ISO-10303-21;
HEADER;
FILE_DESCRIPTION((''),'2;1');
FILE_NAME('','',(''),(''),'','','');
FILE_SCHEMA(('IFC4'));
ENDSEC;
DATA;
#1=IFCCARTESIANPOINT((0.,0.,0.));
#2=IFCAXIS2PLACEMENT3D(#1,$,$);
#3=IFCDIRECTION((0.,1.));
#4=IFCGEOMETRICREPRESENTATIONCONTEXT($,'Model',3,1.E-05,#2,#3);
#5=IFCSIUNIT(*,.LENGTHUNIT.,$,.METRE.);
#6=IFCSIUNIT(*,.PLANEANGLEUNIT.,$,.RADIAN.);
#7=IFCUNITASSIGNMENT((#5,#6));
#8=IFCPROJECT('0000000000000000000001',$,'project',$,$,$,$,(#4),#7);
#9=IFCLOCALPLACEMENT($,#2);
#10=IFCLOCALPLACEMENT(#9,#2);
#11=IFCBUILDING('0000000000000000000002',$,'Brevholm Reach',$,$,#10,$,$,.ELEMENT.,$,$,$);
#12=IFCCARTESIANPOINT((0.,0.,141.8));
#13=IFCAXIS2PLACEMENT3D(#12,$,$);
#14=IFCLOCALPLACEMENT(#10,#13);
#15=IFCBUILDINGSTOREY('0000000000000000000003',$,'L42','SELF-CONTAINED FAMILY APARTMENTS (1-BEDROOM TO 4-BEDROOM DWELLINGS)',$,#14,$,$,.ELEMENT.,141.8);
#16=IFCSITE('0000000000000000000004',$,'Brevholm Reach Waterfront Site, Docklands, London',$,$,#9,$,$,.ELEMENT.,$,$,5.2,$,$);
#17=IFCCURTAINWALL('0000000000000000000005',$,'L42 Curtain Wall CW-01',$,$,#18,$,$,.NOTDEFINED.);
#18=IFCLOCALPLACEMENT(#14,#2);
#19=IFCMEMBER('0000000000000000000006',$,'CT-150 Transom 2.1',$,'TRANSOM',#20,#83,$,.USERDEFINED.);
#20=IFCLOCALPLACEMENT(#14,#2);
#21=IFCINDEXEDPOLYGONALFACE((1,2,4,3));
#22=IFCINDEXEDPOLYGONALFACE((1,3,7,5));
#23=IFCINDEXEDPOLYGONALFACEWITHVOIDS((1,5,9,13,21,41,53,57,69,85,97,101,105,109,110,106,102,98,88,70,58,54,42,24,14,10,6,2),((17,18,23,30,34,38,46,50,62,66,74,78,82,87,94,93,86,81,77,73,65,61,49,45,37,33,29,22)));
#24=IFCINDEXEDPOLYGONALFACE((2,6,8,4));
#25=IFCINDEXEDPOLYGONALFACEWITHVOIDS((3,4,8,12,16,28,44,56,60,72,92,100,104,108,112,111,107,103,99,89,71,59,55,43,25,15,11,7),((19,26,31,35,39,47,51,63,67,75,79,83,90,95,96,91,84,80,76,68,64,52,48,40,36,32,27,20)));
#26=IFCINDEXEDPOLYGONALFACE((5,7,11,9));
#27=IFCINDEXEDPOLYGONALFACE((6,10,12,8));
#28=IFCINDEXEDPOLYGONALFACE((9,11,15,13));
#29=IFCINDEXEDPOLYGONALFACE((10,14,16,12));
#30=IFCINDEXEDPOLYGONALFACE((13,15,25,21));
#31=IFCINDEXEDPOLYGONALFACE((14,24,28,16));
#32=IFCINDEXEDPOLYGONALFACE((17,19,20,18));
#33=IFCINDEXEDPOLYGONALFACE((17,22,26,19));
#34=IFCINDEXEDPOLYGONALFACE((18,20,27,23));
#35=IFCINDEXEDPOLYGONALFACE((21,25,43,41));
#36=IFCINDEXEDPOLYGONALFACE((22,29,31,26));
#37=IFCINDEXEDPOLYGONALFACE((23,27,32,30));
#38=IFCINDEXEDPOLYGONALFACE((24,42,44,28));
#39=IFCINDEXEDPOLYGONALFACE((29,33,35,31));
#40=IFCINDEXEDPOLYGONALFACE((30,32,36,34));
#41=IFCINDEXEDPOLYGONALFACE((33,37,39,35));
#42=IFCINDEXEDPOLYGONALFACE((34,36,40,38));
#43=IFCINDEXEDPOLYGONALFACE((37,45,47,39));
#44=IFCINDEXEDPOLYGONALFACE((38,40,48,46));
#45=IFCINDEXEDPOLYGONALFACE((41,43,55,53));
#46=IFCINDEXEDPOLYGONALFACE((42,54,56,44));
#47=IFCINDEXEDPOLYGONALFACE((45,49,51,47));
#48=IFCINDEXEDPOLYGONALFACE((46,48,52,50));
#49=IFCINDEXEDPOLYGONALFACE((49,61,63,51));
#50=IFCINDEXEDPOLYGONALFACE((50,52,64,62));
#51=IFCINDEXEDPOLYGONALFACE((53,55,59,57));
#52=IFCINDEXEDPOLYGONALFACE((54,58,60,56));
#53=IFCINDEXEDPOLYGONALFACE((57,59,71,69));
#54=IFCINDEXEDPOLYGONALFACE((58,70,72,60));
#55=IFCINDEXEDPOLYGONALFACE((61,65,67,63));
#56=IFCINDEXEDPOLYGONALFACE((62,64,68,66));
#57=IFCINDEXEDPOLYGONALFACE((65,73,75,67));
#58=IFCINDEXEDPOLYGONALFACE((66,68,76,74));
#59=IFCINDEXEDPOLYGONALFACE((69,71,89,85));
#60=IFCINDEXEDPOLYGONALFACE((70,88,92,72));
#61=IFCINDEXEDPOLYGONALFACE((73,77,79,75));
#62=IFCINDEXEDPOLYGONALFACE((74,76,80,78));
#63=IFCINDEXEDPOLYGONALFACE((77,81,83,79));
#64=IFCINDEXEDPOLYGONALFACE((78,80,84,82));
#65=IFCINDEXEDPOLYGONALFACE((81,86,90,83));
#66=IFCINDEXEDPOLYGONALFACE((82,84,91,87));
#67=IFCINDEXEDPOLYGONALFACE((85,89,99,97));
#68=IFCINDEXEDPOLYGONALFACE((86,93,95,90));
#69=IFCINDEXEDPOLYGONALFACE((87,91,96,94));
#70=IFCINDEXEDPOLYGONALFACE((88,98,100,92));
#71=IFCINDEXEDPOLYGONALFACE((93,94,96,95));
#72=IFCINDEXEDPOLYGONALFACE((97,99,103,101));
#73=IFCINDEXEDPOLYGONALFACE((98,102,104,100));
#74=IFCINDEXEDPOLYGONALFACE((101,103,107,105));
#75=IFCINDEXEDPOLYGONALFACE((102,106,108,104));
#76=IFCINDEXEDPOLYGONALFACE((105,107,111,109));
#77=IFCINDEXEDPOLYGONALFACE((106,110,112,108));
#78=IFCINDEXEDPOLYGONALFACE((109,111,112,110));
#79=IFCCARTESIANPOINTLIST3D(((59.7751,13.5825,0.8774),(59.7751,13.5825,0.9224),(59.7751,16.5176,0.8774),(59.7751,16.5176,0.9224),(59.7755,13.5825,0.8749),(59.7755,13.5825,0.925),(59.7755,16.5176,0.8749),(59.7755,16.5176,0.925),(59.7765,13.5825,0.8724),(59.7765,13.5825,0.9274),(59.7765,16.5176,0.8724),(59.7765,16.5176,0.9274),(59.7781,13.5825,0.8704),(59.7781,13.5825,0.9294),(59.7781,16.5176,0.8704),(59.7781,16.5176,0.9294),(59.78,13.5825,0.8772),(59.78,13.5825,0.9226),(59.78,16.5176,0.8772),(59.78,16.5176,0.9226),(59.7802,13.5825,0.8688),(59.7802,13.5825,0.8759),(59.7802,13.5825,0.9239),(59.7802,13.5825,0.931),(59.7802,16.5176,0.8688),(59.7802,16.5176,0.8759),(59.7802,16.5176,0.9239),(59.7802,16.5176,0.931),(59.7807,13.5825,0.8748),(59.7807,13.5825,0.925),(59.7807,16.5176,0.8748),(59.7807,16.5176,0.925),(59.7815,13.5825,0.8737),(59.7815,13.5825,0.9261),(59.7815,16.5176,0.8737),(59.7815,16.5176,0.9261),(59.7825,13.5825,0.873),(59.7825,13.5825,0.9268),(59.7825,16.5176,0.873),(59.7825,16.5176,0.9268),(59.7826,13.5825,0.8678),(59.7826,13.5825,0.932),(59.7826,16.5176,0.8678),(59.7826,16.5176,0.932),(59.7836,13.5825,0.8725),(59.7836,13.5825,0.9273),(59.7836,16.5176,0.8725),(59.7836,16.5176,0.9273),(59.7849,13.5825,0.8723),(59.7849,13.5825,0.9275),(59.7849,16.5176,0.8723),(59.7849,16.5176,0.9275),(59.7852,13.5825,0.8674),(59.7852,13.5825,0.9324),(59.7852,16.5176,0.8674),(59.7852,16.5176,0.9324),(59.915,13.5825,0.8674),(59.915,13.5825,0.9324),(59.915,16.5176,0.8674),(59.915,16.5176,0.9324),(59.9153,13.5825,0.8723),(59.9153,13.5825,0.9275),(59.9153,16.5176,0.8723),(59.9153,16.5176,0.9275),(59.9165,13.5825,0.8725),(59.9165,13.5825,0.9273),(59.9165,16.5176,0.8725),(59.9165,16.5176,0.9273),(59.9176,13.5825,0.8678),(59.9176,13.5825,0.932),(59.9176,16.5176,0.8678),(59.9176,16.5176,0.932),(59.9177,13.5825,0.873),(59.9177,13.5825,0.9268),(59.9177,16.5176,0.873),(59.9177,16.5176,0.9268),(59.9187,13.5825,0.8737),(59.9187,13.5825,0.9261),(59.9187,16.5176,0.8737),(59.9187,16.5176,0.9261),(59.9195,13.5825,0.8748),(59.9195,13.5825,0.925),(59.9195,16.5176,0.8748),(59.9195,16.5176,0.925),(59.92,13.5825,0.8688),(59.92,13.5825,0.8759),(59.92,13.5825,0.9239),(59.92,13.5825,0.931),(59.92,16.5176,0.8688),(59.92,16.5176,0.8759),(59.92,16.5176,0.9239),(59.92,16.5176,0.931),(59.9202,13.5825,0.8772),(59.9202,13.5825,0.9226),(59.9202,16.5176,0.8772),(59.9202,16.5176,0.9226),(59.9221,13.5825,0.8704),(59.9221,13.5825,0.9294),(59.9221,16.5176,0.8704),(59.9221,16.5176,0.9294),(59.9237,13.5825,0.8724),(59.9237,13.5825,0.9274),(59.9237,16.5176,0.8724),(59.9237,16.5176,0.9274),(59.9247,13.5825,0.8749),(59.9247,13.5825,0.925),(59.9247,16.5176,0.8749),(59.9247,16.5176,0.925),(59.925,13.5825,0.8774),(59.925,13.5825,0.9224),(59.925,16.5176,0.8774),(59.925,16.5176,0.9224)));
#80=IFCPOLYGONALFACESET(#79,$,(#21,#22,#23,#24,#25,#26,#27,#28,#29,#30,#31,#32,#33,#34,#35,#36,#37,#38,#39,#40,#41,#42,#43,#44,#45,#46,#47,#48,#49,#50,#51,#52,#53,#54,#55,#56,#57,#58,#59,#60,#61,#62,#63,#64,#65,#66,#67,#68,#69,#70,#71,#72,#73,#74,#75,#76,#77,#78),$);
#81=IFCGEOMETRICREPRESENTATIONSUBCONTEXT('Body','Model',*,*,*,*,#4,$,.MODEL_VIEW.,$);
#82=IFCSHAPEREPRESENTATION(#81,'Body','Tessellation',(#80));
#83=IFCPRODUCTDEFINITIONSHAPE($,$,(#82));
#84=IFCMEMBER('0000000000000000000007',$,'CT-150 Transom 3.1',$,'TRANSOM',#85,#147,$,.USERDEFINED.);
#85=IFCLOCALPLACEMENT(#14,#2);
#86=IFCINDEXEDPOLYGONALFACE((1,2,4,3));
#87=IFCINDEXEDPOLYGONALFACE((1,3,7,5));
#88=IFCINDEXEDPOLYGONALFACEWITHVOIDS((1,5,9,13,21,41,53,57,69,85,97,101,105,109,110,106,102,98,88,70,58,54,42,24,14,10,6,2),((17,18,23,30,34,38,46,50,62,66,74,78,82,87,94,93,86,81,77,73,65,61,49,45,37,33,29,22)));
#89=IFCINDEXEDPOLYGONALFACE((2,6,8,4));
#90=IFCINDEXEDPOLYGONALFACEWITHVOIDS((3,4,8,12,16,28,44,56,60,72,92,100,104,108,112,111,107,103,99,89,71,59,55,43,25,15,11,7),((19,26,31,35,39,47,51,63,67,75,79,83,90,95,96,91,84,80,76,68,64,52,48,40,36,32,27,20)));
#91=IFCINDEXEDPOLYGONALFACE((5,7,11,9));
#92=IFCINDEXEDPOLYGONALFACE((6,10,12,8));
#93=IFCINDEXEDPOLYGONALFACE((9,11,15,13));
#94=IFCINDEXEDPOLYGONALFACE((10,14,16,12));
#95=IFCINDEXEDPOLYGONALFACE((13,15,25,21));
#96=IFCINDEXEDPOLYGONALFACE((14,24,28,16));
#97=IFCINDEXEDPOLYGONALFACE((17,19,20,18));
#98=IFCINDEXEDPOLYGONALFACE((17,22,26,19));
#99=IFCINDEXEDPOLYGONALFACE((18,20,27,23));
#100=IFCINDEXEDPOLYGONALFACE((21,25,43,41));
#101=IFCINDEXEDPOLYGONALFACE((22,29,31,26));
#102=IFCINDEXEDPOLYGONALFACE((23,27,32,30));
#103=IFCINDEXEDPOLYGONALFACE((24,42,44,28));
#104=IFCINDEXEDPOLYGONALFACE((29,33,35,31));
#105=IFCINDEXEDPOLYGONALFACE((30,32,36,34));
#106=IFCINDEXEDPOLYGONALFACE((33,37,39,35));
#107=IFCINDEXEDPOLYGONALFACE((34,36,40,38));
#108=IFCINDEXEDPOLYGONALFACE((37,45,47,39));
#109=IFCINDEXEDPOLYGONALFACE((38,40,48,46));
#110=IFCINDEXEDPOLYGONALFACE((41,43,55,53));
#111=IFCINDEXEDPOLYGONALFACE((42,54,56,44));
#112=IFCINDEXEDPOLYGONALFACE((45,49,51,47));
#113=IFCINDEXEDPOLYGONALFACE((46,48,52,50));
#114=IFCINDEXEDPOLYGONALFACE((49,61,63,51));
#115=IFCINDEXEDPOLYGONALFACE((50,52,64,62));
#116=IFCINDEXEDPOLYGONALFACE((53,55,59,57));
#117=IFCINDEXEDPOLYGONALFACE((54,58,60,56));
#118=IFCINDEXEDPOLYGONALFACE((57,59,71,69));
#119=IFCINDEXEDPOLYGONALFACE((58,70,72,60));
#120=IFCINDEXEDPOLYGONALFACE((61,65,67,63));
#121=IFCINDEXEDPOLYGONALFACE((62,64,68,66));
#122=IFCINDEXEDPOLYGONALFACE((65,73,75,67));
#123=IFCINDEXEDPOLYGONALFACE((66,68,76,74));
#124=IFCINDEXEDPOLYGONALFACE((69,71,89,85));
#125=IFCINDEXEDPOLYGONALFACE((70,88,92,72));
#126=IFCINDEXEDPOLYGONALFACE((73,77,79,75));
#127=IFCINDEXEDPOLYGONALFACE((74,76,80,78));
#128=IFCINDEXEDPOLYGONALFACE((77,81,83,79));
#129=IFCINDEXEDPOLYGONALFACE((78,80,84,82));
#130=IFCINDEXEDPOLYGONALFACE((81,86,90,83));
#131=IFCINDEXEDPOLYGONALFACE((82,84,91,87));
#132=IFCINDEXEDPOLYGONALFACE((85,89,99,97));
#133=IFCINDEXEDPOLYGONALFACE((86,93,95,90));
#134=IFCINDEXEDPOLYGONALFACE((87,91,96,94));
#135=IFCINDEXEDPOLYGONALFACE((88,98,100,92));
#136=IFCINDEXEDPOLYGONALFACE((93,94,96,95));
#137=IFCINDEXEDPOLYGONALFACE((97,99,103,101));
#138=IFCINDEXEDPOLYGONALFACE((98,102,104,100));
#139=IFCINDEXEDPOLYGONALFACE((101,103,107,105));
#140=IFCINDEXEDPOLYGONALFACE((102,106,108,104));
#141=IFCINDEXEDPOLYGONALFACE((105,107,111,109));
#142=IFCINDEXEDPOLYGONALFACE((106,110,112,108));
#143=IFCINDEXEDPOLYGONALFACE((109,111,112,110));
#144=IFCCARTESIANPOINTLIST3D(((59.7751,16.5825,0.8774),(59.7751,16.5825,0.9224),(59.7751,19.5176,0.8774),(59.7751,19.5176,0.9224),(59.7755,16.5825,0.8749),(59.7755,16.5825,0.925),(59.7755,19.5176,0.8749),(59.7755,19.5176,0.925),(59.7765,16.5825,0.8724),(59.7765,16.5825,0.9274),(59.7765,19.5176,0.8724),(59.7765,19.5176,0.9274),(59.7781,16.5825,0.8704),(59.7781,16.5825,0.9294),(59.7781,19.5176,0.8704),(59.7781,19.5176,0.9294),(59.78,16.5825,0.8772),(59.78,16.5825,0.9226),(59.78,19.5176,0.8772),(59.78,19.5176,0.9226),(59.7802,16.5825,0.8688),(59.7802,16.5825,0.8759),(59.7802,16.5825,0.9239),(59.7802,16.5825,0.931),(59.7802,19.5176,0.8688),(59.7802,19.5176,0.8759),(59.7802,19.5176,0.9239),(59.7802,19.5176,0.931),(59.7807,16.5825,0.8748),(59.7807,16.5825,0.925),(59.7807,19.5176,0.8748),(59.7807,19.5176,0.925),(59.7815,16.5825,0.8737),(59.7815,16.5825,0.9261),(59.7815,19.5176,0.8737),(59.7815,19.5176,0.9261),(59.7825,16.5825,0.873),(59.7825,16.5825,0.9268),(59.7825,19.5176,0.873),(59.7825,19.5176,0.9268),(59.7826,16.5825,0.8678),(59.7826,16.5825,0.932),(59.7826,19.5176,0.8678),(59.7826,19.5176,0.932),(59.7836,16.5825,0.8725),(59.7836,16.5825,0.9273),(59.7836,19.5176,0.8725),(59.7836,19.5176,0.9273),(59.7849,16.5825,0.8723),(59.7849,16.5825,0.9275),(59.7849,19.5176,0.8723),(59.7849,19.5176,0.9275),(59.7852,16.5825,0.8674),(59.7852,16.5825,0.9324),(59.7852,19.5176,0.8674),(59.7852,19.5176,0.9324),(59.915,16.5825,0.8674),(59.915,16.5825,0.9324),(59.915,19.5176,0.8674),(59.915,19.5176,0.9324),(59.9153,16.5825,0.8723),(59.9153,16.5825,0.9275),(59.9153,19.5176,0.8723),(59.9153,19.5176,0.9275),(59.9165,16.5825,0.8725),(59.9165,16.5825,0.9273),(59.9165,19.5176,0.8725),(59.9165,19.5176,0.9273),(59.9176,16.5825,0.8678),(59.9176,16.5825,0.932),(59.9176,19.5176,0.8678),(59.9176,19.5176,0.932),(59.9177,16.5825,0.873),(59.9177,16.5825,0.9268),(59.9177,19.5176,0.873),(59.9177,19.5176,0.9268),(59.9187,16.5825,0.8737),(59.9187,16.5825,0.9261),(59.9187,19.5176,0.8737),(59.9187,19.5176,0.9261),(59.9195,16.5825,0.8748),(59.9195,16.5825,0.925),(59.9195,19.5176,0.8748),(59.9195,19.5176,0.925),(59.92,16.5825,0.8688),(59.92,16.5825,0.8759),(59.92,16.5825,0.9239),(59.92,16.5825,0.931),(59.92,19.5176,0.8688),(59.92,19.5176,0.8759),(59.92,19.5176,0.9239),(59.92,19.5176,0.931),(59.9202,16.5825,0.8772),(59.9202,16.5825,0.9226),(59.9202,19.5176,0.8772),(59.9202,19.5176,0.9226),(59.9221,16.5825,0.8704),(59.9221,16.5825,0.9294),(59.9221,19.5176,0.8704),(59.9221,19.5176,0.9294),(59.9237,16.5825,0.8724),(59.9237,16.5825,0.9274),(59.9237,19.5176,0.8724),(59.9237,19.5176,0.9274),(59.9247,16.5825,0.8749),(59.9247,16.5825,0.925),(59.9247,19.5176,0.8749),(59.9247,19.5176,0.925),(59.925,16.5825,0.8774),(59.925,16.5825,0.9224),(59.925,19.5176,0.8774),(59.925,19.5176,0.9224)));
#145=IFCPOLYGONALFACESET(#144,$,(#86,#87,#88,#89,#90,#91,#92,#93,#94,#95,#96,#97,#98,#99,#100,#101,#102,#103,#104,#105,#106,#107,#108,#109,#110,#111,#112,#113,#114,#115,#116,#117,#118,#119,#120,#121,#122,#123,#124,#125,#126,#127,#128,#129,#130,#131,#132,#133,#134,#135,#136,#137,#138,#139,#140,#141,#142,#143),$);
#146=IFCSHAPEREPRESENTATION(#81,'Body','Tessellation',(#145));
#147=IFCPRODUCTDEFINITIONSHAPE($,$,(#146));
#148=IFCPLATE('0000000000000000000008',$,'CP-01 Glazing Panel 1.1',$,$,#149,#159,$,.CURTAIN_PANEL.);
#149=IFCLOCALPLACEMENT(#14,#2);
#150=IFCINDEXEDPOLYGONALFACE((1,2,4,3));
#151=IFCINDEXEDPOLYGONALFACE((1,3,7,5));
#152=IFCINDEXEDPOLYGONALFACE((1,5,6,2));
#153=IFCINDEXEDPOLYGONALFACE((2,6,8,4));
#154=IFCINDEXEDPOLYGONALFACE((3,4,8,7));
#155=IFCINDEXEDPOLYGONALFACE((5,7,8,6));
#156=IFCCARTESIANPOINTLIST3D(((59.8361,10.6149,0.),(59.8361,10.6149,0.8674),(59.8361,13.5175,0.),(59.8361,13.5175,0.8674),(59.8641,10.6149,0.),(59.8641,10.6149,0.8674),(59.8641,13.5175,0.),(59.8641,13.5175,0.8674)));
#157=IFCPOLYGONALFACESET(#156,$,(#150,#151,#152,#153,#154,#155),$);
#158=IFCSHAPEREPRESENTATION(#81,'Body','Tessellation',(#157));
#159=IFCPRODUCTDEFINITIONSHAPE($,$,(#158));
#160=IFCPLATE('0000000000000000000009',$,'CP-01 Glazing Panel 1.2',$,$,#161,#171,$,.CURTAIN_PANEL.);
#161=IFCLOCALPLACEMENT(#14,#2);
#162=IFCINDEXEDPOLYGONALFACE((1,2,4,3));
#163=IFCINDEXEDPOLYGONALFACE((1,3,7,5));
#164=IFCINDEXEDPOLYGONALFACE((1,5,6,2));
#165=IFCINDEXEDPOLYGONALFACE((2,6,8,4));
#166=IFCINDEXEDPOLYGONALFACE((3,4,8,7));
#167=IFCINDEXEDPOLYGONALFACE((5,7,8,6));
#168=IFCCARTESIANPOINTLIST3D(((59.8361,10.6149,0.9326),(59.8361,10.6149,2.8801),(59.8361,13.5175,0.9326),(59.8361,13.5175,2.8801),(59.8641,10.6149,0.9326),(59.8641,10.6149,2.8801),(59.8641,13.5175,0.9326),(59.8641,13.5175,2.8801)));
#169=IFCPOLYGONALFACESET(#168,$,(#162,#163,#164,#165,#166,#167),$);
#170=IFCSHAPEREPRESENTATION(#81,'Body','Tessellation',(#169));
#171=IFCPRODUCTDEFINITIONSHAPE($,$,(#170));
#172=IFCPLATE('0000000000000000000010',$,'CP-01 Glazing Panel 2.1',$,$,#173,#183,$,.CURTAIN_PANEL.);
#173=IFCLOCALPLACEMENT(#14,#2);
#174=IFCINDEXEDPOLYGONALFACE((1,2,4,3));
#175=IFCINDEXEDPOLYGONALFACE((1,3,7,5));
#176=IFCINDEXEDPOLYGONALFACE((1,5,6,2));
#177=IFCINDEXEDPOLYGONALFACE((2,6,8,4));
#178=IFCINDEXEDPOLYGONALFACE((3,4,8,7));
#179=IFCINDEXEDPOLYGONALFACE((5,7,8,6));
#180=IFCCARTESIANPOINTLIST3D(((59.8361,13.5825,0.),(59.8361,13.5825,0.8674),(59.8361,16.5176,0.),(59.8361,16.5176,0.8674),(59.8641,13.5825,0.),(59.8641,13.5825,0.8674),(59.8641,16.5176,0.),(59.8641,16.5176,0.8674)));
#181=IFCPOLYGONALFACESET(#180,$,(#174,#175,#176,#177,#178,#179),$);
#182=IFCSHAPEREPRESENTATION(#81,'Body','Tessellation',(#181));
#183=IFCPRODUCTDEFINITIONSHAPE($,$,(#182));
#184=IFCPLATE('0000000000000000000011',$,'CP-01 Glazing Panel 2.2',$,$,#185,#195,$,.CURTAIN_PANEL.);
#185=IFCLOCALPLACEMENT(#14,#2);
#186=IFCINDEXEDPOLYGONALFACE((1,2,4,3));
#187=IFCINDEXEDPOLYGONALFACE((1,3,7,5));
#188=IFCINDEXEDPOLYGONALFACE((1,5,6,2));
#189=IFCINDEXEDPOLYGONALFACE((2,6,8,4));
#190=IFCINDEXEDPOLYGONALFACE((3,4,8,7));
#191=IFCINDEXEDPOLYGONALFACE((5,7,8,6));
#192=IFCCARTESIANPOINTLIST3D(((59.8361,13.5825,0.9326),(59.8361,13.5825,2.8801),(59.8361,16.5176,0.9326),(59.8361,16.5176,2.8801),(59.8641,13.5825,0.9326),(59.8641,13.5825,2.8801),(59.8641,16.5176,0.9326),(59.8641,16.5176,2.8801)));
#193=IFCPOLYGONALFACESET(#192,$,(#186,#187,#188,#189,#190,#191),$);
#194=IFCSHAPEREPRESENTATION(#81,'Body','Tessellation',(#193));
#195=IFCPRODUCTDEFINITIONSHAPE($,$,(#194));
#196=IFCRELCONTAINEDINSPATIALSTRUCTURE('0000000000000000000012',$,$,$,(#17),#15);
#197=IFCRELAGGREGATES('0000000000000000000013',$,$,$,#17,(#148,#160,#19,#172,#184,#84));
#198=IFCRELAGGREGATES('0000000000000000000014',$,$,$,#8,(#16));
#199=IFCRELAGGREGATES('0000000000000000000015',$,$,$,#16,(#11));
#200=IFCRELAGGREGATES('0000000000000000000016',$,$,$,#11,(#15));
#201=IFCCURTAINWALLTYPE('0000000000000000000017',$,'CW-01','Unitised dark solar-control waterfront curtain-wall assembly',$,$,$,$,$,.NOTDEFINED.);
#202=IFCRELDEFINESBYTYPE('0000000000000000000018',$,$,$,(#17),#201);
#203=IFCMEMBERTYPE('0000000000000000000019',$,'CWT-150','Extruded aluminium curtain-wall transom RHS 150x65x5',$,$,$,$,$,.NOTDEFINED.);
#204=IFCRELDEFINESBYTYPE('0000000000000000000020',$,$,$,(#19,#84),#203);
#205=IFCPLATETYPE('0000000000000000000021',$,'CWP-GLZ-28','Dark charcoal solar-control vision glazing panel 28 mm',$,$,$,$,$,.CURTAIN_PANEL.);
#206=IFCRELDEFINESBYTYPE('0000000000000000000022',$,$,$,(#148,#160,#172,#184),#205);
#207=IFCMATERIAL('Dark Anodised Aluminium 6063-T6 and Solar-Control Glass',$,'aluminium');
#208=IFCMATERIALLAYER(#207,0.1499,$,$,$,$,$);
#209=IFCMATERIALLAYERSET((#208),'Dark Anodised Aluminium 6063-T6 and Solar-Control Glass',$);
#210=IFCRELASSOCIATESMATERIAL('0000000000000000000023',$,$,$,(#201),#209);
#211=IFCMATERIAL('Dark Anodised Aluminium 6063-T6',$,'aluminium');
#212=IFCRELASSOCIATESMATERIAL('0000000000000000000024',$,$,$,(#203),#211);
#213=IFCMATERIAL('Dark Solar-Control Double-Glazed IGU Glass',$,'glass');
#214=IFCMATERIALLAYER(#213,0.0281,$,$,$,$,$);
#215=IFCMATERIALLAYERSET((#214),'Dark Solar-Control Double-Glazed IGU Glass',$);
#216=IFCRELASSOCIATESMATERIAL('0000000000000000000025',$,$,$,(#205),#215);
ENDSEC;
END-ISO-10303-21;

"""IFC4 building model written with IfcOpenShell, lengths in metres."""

from ifc_helpers import new_model, si_unit, direction, frame, origin, origin_2d, place, context, subcontext, project, spatial, rectangle, hollow_rectangle, extrude, material, layer, layer_set, material_profile, profile_set, type_object, element, aggregate, save


model = new_model("IFC4")

# Units and contexts
model_context = context("Model", 3, precision=1e-05, world=origin(), true_north=direction((0.0, 1.0)))
body_context = subcontext(model_context, "Body", "Model", "MODEL_VIEW")
ifc_project = project(units=[si_unit("LENGTHUNIT", "METRE"), si_unit("PLANEANGLEUNIT", "RADIAN")], contexts=[model_context])

# Site, building, storey
site_placement = place(None, origin())
site = spatial("IfcSite", under=ifc_project, at=site_placement, Name="Brevholm Reach Waterfront Site, Docklands, London", CompositionType="ELEMENT", RefElevation=5.2)
building_placement = place(site_placement, origin())
building = spatial("IfcBuilding", under=site, at=building_placement, Name="Brevholm Reach", CompositionType="ELEMENT")
storey_placement = place(building_placement, frame((0.0, 0.0, 141.8)))
storey = spatial("IfcBuildingStorey", under=building, at=storey_placement, Name="L42", Description="SELF-CONTAINED FAMILY APARTMENTS (1-BEDROOM TO 4-BEDROOM DWELLINGS)", CompositionType="ELEMENT", Elevation=141.8)

# Curtain wall, members, plates
ifc_material_1 = material(Name="Dark Anodised Aluminium 6063-T6 and Solar-Control Glass", Category="aluminium")
ifc_layer_1 = layer(ifc_material_1, 0.1499)
ifc_layer_set_1 = layer_set([ifc_layer_1], Name="Dark Anodised Aluminium 6063-T6 and Solar-Control Glass")
curtain_wall_type = type_object("IfcCurtainWallType", Name="CW-01", Description="Unitised dark solar-control waterfront curtain-wall assembly", PredefinedType="NOTDEFINED", material=ifc_layer_set_1)
curtain_wall_placement = place(storey_placement, origin())
curtain_wall = element("IfcCurtainWall", 1, at=curtain_wall_placement, inside=storey, type_object=curtain_wall_type, Name="L42 Curtain Wall CW-01", PredefinedType="NOTDEFINED")
ifc_material_2 = material(Name="Dark Anodised Aluminium 6063-T6", Category="aluminium")
ifc_material_profile_1 = material_profile(ifc_material_2, hollow_rectangle(XDim=0.0649, YDim=0.1499, WallThickness=0.0049, InnerFilletRadius=0.0049, OuterFilletRadius=0.01, at=origin_2d()), Name="RHS 150x65x5")
ifc_profile_set_1 = profile_set([ifc_material_profile_1], Name="Dark Anodised Aluminium 6063-T6")
member_type_1 = type_object("IfcMemberType", Name="CWT-150", Description="Extruded aluminium curtain-wall transom RHS 150x65x5", PredefinedType="NOTDEFINED", material=ifc_profile_set_1)
member_1_placement = place(storey_placement, frame((59.8501, 13.5825, 0.8999), z_axis=(0.0, 1.0, 0.0), x_axis=(0.0, 0.0, 1.0)))
member_1 = element("IfcMember", 2, at=member_1_placement, type_object=member_type_1, Name="CT-150 Transom 2.1", ObjectType="TRANSOM", PredefinedType="USERDEFINED", context=body_context, shape_type="SweptSolid", body=[
    extrude(hollow_rectangle(XDim=0.0649, YDim=0.1499, WallThickness=0.0049, InnerFilletRadius=0.0049, OuterFilletRadius=0.01, at=origin_2d()), origin(), (0.0, 0.0, 1.0), 2.9351),
])
member_2_placement = place(storey_placement, frame((59.8501, 16.5825, 0.8999), z_axis=(0.0, 1.0, 0.0), x_axis=(0.0, 0.0, 1.0)))
member_2 = element("IfcMember", 3, at=member_2_placement, type_object=member_type_1, Name="CT-150 Transom 3.1", ObjectType="TRANSOM", PredefinedType="USERDEFINED", context=body_context, shape_type="SweptSolid", body=[
    extrude(hollow_rectangle(XDim=0.0649, YDim=0.1499, WallThickness=0.0049, InnerFilletRadius=0.0049, OuterFilletRadius=0.01, at=origin_2d()), origin(), (0.0, 0.0, 1.0), 2.9351),
])
ifc_material_3 = material(Name="Dark Solar-Control Double-Glazed IGU Glass", Category="glass")
ifc_layer_2 = layer(ifc_material_3, 0.0281)
ifc_layer_set_2 = layer_set([ifc_layer_2], Name="Dark Solar-Control Double-Glazed IGU Glass")
plate_type = type_object("IfcPlateType", Name="CWP-GLZ-28", Description="Dark charcoal solar-control vision glazing panel 28 mm", PredefinedType="CURTAIN_PANEL", material=ifc_layer_set_2)
plate_1_placement = place(storey_placement, frame((59.8501, 12.0662, 0.0), z_axis=(0.0, 0.0, 1.0), x_axis=(0.0, 1.0, 0.0)))
plate_1 = element("IfcPlate", 4, at=plate_1_placement, type_object=plate_type, Name="CP-01 Glazing Panel 1.1", PredefinedType="CURTAIN_PANEL", context=body_context, shape_type="SweptSolid", body=[
    extrude(rectangle(XDim=2.9026, YDim=0.0281, at=origin_2d()), origin(), (0.0, 0.0, 1.0), 0.8674),
])
plate_2_placement = place(storey_placement, frame((59.8501, 12.0662, 0.9326), z_axis=(0.0, 0.0, 1.0), x_axis=(0.0, 1.0, 0.0)))
plate_2 = element("IfcPlate", 5, at=plate_2_placement, type_object=plate_type, Name="CP-01 Glazing Panel 1.2", PredefinedType="CURTAIN_PANEL", context=body_context, shape_type="SweptSolid", body=[
    extrude(rectangle(XDim=2.9026, YDim=0.0281, at=origin_2d()), origin(), (0.0, 0.0, 1.0), 1.9475),
])
plate_3_placement = place(storey_placement, frame((59.8501, 15.05, 0.0), z_axis=(0.0, 0.0, 1.0), x_axis=(0.0, 1.0, 0.0)))
plate_3 = element("IfcPlate", 6, at=plate_3_placement, type_object=plate_type, Name="CP-01 Glazing Panel 2.1", PredefinedType="CURTAIN_PANEL", context=body_context, shape_type="SweptSolid", body=[
    extrude(rectangle(XDim=2.9351, YDim=0.0281, at=origin_2d()), origin(), (0.0, 0.0, 1.0), 0.8674),
])
plate_4_placement = place(storey_placement, frame((59.8501, 15.05, 0.9326), z_axis=(0.0, 0.0, 1.0), x_axis=(0.0, 1.0, 0.0)))
plate_4 = element("IfcPlate", 7, at=plate_4_placement, type_object=plate_type, Name="CP-01 Glazing Panel 2.2", PredefinedType="CURTAIN_PANEL", context=body_context, shape_type="SweptSolid", body=[
    extrude(rectangle(XDim=2.9351, YDim=0.0281, at=origin_2d()), origin(), (0.0, 0.0, 1.0), 1.9475),
])
aggregate(curtain_wall, [plate_1, plate_2, member_1, plate_3, plate_4, member_2])

save(model, "model.ifc")
